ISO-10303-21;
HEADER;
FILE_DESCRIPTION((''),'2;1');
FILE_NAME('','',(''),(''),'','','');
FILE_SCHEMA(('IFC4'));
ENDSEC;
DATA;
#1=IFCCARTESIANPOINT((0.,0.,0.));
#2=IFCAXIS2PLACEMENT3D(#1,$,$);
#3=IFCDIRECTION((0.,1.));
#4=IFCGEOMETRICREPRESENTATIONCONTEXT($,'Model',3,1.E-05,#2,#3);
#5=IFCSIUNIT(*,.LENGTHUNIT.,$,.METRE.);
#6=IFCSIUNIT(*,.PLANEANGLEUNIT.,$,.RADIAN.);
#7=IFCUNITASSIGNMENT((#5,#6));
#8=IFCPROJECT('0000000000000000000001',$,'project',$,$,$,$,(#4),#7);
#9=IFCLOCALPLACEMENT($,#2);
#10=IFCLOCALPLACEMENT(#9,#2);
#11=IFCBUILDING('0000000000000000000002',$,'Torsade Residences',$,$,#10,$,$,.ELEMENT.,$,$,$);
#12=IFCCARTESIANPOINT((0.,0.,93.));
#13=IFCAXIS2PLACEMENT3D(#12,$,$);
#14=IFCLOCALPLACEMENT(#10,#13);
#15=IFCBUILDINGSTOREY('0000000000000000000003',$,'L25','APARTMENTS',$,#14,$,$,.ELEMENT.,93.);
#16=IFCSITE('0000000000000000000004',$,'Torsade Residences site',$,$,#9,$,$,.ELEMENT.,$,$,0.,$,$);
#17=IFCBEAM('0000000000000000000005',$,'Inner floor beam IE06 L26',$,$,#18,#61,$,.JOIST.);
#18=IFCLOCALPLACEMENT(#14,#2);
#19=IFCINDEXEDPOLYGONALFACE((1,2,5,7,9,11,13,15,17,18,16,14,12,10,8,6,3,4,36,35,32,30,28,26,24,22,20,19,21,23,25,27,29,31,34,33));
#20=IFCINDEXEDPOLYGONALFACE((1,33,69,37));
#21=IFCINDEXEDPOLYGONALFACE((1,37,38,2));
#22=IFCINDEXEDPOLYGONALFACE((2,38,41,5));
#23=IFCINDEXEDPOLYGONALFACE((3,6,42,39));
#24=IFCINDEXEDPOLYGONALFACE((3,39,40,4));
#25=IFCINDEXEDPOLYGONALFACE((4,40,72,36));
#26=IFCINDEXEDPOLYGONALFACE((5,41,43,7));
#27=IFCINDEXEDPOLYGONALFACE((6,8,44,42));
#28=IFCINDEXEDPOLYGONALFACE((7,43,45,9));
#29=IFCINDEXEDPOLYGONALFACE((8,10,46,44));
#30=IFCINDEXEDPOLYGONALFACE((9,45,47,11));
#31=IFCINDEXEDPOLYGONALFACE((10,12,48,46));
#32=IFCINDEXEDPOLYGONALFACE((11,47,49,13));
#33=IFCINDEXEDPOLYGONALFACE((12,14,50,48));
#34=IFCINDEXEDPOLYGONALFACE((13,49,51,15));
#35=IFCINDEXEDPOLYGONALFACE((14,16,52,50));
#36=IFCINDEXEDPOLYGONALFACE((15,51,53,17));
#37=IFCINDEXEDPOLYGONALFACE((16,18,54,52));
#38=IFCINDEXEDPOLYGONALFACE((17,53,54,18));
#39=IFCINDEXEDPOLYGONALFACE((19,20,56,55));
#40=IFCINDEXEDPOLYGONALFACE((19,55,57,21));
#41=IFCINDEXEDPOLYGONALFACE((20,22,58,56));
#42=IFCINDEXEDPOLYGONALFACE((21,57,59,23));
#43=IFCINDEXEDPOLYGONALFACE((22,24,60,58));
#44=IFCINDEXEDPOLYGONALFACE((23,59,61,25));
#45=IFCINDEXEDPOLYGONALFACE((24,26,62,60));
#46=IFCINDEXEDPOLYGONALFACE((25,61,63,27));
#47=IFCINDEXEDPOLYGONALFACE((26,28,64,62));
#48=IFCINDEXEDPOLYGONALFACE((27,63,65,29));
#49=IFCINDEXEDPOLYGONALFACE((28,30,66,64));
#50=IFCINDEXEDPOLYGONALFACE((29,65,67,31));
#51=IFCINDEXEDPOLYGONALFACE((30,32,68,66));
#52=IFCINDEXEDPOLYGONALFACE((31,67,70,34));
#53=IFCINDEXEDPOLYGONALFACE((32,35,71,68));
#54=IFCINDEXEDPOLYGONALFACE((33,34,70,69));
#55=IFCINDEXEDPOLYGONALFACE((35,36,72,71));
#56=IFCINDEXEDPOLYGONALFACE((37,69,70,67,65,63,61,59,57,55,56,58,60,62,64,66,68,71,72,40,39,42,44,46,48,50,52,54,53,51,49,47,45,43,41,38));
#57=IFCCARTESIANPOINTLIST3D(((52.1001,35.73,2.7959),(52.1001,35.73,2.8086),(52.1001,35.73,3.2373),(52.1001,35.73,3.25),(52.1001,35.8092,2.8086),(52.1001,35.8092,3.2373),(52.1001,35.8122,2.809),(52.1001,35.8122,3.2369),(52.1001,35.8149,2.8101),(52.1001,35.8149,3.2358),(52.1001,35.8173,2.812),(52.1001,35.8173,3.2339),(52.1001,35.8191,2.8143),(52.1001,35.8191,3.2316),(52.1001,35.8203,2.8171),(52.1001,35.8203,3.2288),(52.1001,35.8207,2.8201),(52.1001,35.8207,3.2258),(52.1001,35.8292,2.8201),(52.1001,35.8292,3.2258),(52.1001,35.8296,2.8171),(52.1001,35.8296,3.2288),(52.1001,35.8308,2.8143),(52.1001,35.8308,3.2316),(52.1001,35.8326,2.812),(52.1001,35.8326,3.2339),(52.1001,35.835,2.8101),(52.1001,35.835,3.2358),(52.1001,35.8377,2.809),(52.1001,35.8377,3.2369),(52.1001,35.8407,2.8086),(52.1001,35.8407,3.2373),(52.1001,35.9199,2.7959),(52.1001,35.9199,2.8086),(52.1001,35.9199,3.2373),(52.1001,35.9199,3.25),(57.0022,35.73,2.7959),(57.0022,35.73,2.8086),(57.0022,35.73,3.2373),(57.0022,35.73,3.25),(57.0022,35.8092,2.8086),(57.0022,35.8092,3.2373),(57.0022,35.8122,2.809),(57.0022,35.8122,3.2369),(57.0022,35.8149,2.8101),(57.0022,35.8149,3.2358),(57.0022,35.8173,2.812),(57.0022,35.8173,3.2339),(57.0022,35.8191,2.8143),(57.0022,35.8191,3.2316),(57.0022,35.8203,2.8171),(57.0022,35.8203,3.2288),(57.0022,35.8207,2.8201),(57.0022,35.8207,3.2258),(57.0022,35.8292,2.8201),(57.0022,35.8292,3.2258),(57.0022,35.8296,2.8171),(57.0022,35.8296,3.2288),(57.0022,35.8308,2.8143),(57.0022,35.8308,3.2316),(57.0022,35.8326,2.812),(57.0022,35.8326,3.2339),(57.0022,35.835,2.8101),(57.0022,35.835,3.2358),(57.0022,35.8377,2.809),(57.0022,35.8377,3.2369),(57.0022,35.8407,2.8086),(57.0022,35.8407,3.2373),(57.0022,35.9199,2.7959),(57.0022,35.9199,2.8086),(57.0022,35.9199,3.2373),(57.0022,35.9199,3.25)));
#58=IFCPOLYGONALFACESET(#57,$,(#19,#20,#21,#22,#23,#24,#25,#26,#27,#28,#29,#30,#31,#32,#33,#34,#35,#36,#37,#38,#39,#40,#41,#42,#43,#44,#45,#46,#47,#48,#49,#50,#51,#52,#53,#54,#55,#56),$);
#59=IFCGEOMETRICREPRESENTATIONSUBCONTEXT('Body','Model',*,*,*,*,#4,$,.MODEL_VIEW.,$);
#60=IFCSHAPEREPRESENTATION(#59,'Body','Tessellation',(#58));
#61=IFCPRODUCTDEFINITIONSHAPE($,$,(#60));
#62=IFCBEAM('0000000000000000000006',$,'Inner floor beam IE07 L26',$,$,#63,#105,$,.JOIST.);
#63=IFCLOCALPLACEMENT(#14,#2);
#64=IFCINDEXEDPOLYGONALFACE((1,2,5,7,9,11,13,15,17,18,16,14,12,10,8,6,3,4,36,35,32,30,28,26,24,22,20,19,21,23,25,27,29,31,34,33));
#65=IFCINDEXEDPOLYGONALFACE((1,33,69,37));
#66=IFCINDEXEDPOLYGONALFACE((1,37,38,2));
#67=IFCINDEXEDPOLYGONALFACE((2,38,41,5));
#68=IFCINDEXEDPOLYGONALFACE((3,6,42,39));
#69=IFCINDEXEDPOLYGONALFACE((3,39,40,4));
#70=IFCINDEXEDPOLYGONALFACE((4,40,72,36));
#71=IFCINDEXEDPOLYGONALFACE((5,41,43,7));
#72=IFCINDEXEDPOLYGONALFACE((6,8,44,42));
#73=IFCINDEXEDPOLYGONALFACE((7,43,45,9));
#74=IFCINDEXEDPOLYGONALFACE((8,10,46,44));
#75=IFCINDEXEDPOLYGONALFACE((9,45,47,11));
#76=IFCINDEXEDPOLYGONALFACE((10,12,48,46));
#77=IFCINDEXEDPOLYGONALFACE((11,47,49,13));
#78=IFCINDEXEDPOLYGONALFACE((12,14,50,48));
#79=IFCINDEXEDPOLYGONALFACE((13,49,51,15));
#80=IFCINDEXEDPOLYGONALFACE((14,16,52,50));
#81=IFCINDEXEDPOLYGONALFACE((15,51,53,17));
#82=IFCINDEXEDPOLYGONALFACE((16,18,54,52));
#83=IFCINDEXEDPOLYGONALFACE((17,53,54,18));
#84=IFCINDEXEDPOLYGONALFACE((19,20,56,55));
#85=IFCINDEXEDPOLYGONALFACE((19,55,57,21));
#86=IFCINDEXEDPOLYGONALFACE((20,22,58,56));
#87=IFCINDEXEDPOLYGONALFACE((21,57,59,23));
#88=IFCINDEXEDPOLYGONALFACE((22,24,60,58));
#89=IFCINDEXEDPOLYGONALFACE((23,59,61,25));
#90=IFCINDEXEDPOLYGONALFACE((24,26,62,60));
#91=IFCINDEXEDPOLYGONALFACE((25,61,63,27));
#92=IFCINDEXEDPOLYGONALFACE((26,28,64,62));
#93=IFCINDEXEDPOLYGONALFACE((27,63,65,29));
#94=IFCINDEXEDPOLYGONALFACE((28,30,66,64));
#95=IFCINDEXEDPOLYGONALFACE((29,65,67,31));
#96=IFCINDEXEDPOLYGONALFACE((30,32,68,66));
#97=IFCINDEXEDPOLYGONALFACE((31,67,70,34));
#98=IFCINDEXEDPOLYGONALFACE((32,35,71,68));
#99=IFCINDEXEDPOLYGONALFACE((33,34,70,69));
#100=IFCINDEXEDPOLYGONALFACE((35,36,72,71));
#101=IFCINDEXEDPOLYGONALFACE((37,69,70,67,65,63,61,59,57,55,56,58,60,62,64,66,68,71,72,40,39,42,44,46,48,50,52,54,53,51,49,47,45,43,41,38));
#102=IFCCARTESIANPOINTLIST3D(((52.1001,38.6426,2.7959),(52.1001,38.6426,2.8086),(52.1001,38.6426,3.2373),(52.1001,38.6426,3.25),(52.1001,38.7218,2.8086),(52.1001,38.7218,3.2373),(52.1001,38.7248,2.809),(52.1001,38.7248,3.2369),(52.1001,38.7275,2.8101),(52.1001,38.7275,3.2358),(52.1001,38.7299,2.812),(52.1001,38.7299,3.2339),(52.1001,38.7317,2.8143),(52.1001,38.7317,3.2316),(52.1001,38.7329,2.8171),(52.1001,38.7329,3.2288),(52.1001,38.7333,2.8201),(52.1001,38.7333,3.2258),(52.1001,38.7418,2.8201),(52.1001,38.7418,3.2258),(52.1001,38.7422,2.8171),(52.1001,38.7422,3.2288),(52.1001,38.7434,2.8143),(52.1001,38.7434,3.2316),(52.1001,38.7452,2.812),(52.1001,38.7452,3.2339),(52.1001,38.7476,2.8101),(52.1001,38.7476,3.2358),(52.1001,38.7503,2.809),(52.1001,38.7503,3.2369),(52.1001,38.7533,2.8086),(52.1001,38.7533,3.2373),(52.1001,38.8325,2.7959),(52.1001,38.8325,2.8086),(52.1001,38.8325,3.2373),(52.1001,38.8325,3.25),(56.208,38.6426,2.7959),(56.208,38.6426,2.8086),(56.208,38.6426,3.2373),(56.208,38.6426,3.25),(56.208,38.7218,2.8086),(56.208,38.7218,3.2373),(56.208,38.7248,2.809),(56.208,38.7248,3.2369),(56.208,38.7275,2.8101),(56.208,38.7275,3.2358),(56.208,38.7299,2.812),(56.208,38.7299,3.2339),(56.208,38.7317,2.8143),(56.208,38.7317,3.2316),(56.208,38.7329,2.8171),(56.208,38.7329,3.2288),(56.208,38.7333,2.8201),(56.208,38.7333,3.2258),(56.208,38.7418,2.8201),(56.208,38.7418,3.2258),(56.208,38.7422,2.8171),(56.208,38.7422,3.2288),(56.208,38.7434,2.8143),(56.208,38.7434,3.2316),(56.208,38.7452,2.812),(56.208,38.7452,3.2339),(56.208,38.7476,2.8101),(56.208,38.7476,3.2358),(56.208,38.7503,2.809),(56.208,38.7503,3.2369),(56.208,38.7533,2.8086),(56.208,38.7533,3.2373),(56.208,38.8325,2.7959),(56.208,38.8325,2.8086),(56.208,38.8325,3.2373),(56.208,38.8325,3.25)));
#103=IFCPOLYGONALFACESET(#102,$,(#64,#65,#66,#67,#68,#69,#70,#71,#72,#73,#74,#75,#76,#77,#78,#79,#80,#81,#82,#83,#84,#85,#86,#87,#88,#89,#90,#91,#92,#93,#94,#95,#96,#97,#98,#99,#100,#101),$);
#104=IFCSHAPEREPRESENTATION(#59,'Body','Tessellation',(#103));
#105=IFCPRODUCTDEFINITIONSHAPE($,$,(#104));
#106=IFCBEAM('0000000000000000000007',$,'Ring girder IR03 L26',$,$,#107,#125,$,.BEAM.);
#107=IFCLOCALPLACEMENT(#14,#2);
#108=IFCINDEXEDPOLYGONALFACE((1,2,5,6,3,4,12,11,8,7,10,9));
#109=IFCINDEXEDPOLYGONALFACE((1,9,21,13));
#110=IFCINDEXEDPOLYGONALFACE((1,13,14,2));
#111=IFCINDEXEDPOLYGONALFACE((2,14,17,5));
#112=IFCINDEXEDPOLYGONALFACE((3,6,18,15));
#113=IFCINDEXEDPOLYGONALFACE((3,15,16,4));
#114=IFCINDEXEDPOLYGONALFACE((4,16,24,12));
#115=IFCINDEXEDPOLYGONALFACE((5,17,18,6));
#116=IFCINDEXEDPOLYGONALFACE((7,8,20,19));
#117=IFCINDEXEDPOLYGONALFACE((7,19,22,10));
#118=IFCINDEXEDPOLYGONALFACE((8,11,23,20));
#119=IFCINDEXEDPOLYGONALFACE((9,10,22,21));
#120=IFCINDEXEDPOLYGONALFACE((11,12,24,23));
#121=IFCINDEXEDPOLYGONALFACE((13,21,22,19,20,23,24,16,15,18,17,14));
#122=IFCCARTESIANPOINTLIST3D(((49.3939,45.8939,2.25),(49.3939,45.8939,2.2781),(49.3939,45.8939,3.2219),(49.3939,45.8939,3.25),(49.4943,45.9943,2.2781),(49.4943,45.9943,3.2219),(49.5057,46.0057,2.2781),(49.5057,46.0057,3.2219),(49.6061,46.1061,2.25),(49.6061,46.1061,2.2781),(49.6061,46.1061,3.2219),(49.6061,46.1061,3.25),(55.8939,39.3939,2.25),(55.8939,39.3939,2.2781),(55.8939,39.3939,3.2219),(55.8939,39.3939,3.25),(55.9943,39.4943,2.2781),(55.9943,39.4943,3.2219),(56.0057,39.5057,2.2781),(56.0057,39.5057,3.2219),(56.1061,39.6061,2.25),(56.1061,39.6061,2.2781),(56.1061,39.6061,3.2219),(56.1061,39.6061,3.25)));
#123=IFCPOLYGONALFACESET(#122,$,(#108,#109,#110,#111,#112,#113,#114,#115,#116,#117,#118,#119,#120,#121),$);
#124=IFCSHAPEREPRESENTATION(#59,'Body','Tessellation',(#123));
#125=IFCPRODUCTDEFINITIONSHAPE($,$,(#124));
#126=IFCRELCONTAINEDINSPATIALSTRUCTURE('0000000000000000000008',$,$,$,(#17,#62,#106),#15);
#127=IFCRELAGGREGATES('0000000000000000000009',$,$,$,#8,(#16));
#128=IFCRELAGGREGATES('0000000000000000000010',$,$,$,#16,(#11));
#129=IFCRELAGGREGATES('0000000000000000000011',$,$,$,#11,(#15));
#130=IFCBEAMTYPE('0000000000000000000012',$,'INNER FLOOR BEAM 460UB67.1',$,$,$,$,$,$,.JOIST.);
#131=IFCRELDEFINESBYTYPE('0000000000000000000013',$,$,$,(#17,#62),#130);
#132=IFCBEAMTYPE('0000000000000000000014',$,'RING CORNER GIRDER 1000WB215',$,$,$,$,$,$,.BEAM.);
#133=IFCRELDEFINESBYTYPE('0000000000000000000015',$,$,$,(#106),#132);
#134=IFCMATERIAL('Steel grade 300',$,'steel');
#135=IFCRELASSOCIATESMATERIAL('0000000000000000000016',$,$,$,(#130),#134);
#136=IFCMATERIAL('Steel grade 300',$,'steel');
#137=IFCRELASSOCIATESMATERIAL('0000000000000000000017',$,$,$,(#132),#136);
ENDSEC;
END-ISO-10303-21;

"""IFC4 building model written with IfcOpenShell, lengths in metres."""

from ifc_helpers import new_model, si_unit, direction, frame, origin, origin_2d, place, context, subcontext, project, spatial, i_section, extrude, material, material_profile, profile_set, type_object, element, save


model = new_model("IFC4")

# Units and contexts
model_context = context("Model", 3, precision=1e-05, world=origin(), true_north=direction((0.0, 1.0)))
body_context = subcontext(model_context, "Body", "Model", "MODEL_VIEW")
ifc_project = project(units=[si_unit("LENGTHUNIT", "METRE"), si_unit("PLANEANGLEUNIT", "RADIAN")], contexts=[model_context])

# Site, building, storey
site_placement = place(None, origin())
site = spatial("IfcSite", under=ifc_project, at=site_placement, Name="Torsade Residences site", CompositionType="ELEMENT", RefElevation=0.0)
building_placement = place(site_placement, origin())
building = spatial("IfcBuilding", under=site, at=building_placement, Name="Torsade Residences", CompositionType="ELEMENT")
storey_placement = place(building_placement, frame((0.0, 0.0, 93.0)))
storey = spatial("IfcBuildingStorey", under=building, at=storey_placement, Name="L25", Description="APARTMENTS", CompositionType="ELEMENT", Elevation=93.0)

# Beams
ifc_material_1 = material(Name="Steel grade 300", Category="steel")
ifc_material_profile_1 = material_profile(ifc_material_1, i_section(OverallWidth=0.1899, OverallDepth=0.4541, WebThickness=0.0085, FlangeThickness=0.0127, FilletRadius=0.0115, at=origin_2d()), Name="460UB67.1")
ifc_profile_set_1 = profile_set([ifc_material_profile_1], Name="Steel grade 300")
beam_type_1 = type_object("IfcBeamType", Name="INNER FLOOR BEAM 460UB67.1", PredefinedType="JOIST", material=ifc_profile_set_1)
beam_1_placement = place(storey_placement, frame((52.1001, 35.825, 3.0229), z_axis=(1.0, 0.0, 0.0), x_axis=(0.0, 1.0, 0.0)))
element("IfcBeam", 1, at=beam_1_placement, inside=storey, type_object=beam_type_1, Name="Inner floor beam IE06 L26", PredefinedType="JOIST", context=body_context, shape_type="SweptSolid", body=[
    extrude(i_section(OverallWidth=0.1899, OverallDepth=0.4541, WebThickness=0.0085, FlangeThickness=0.0127, FilletRadius=0.0115, at=origin_2d()), origin(), (0.0, 0.0, 1.0), 4.9021),
])
beam_2_placement = place(storey_placement, frame((52.1001, 38.7375, 3.0229), z_axis=(1.0, 0.0, 0.0), x_axis=(0.0, 1.0, 0.0)))
element("IfcBeam", 2, at=beam_2_placement, inside=storey, type_object=beam_type_1, Name="Inner floor beam IE07 L26", PredefinedType="JOIST", context=body_context, shape_type="SweptSolid", body=[
    extrude(i_section(OverallWidth=0.1899, OverallDepth=0.4541, WebThickness=0.0085, FlangeThickness=0.0127, FilletRadius=0.0115, at=origin_2d()), origin(), (0.0, 0.0, 1.0), 4.1079),
])
ifc_material_2 = material(Name="Steel grade 300", Category="steel")
ifc_material_profile_2 = material_profile(ifc_material_2, i_section(OverallWidth=0.3, OverallDepth=1.0, WebThickness=0.0161, FlangeThickness=0.0281, at=origin_2d()), Name="1000WB215")
ifc_profile_set_2 = profile_set([ifc_material_profile_2], Name="Steel grade 300")
beam_type_2 = type_object("IfcBeamType", Name="RING CORNER GIRDER 1000WB215", PredefinedType="BEAM", material=ifc_profile_set_2)
beam_3_placement = place(storey_placement, frame((56.0, 39.5, 2.75), z_axis=(-0.707107, 0.707107, 0.0), x_axis=(-0.707107, -0.707107, 0.0)))
element("IfcBeam", 3, at=beam_3_placement, inside=storey, type_object=beam_type_2, Name="Ring girder IR03 L26", PredefinedType="BEAM", context=body_context, shape_type="SweptSolid", body=[
    extrude(i_section(OverallWidth=0.3, OverallDepth=1.0, WebThickness=0.0161, FlangeThickness=0.0281, at=origin_2d()), origin(), (0.0, 0.0, 1.0), 9.1924),
])

save(model, "model.ifc")
